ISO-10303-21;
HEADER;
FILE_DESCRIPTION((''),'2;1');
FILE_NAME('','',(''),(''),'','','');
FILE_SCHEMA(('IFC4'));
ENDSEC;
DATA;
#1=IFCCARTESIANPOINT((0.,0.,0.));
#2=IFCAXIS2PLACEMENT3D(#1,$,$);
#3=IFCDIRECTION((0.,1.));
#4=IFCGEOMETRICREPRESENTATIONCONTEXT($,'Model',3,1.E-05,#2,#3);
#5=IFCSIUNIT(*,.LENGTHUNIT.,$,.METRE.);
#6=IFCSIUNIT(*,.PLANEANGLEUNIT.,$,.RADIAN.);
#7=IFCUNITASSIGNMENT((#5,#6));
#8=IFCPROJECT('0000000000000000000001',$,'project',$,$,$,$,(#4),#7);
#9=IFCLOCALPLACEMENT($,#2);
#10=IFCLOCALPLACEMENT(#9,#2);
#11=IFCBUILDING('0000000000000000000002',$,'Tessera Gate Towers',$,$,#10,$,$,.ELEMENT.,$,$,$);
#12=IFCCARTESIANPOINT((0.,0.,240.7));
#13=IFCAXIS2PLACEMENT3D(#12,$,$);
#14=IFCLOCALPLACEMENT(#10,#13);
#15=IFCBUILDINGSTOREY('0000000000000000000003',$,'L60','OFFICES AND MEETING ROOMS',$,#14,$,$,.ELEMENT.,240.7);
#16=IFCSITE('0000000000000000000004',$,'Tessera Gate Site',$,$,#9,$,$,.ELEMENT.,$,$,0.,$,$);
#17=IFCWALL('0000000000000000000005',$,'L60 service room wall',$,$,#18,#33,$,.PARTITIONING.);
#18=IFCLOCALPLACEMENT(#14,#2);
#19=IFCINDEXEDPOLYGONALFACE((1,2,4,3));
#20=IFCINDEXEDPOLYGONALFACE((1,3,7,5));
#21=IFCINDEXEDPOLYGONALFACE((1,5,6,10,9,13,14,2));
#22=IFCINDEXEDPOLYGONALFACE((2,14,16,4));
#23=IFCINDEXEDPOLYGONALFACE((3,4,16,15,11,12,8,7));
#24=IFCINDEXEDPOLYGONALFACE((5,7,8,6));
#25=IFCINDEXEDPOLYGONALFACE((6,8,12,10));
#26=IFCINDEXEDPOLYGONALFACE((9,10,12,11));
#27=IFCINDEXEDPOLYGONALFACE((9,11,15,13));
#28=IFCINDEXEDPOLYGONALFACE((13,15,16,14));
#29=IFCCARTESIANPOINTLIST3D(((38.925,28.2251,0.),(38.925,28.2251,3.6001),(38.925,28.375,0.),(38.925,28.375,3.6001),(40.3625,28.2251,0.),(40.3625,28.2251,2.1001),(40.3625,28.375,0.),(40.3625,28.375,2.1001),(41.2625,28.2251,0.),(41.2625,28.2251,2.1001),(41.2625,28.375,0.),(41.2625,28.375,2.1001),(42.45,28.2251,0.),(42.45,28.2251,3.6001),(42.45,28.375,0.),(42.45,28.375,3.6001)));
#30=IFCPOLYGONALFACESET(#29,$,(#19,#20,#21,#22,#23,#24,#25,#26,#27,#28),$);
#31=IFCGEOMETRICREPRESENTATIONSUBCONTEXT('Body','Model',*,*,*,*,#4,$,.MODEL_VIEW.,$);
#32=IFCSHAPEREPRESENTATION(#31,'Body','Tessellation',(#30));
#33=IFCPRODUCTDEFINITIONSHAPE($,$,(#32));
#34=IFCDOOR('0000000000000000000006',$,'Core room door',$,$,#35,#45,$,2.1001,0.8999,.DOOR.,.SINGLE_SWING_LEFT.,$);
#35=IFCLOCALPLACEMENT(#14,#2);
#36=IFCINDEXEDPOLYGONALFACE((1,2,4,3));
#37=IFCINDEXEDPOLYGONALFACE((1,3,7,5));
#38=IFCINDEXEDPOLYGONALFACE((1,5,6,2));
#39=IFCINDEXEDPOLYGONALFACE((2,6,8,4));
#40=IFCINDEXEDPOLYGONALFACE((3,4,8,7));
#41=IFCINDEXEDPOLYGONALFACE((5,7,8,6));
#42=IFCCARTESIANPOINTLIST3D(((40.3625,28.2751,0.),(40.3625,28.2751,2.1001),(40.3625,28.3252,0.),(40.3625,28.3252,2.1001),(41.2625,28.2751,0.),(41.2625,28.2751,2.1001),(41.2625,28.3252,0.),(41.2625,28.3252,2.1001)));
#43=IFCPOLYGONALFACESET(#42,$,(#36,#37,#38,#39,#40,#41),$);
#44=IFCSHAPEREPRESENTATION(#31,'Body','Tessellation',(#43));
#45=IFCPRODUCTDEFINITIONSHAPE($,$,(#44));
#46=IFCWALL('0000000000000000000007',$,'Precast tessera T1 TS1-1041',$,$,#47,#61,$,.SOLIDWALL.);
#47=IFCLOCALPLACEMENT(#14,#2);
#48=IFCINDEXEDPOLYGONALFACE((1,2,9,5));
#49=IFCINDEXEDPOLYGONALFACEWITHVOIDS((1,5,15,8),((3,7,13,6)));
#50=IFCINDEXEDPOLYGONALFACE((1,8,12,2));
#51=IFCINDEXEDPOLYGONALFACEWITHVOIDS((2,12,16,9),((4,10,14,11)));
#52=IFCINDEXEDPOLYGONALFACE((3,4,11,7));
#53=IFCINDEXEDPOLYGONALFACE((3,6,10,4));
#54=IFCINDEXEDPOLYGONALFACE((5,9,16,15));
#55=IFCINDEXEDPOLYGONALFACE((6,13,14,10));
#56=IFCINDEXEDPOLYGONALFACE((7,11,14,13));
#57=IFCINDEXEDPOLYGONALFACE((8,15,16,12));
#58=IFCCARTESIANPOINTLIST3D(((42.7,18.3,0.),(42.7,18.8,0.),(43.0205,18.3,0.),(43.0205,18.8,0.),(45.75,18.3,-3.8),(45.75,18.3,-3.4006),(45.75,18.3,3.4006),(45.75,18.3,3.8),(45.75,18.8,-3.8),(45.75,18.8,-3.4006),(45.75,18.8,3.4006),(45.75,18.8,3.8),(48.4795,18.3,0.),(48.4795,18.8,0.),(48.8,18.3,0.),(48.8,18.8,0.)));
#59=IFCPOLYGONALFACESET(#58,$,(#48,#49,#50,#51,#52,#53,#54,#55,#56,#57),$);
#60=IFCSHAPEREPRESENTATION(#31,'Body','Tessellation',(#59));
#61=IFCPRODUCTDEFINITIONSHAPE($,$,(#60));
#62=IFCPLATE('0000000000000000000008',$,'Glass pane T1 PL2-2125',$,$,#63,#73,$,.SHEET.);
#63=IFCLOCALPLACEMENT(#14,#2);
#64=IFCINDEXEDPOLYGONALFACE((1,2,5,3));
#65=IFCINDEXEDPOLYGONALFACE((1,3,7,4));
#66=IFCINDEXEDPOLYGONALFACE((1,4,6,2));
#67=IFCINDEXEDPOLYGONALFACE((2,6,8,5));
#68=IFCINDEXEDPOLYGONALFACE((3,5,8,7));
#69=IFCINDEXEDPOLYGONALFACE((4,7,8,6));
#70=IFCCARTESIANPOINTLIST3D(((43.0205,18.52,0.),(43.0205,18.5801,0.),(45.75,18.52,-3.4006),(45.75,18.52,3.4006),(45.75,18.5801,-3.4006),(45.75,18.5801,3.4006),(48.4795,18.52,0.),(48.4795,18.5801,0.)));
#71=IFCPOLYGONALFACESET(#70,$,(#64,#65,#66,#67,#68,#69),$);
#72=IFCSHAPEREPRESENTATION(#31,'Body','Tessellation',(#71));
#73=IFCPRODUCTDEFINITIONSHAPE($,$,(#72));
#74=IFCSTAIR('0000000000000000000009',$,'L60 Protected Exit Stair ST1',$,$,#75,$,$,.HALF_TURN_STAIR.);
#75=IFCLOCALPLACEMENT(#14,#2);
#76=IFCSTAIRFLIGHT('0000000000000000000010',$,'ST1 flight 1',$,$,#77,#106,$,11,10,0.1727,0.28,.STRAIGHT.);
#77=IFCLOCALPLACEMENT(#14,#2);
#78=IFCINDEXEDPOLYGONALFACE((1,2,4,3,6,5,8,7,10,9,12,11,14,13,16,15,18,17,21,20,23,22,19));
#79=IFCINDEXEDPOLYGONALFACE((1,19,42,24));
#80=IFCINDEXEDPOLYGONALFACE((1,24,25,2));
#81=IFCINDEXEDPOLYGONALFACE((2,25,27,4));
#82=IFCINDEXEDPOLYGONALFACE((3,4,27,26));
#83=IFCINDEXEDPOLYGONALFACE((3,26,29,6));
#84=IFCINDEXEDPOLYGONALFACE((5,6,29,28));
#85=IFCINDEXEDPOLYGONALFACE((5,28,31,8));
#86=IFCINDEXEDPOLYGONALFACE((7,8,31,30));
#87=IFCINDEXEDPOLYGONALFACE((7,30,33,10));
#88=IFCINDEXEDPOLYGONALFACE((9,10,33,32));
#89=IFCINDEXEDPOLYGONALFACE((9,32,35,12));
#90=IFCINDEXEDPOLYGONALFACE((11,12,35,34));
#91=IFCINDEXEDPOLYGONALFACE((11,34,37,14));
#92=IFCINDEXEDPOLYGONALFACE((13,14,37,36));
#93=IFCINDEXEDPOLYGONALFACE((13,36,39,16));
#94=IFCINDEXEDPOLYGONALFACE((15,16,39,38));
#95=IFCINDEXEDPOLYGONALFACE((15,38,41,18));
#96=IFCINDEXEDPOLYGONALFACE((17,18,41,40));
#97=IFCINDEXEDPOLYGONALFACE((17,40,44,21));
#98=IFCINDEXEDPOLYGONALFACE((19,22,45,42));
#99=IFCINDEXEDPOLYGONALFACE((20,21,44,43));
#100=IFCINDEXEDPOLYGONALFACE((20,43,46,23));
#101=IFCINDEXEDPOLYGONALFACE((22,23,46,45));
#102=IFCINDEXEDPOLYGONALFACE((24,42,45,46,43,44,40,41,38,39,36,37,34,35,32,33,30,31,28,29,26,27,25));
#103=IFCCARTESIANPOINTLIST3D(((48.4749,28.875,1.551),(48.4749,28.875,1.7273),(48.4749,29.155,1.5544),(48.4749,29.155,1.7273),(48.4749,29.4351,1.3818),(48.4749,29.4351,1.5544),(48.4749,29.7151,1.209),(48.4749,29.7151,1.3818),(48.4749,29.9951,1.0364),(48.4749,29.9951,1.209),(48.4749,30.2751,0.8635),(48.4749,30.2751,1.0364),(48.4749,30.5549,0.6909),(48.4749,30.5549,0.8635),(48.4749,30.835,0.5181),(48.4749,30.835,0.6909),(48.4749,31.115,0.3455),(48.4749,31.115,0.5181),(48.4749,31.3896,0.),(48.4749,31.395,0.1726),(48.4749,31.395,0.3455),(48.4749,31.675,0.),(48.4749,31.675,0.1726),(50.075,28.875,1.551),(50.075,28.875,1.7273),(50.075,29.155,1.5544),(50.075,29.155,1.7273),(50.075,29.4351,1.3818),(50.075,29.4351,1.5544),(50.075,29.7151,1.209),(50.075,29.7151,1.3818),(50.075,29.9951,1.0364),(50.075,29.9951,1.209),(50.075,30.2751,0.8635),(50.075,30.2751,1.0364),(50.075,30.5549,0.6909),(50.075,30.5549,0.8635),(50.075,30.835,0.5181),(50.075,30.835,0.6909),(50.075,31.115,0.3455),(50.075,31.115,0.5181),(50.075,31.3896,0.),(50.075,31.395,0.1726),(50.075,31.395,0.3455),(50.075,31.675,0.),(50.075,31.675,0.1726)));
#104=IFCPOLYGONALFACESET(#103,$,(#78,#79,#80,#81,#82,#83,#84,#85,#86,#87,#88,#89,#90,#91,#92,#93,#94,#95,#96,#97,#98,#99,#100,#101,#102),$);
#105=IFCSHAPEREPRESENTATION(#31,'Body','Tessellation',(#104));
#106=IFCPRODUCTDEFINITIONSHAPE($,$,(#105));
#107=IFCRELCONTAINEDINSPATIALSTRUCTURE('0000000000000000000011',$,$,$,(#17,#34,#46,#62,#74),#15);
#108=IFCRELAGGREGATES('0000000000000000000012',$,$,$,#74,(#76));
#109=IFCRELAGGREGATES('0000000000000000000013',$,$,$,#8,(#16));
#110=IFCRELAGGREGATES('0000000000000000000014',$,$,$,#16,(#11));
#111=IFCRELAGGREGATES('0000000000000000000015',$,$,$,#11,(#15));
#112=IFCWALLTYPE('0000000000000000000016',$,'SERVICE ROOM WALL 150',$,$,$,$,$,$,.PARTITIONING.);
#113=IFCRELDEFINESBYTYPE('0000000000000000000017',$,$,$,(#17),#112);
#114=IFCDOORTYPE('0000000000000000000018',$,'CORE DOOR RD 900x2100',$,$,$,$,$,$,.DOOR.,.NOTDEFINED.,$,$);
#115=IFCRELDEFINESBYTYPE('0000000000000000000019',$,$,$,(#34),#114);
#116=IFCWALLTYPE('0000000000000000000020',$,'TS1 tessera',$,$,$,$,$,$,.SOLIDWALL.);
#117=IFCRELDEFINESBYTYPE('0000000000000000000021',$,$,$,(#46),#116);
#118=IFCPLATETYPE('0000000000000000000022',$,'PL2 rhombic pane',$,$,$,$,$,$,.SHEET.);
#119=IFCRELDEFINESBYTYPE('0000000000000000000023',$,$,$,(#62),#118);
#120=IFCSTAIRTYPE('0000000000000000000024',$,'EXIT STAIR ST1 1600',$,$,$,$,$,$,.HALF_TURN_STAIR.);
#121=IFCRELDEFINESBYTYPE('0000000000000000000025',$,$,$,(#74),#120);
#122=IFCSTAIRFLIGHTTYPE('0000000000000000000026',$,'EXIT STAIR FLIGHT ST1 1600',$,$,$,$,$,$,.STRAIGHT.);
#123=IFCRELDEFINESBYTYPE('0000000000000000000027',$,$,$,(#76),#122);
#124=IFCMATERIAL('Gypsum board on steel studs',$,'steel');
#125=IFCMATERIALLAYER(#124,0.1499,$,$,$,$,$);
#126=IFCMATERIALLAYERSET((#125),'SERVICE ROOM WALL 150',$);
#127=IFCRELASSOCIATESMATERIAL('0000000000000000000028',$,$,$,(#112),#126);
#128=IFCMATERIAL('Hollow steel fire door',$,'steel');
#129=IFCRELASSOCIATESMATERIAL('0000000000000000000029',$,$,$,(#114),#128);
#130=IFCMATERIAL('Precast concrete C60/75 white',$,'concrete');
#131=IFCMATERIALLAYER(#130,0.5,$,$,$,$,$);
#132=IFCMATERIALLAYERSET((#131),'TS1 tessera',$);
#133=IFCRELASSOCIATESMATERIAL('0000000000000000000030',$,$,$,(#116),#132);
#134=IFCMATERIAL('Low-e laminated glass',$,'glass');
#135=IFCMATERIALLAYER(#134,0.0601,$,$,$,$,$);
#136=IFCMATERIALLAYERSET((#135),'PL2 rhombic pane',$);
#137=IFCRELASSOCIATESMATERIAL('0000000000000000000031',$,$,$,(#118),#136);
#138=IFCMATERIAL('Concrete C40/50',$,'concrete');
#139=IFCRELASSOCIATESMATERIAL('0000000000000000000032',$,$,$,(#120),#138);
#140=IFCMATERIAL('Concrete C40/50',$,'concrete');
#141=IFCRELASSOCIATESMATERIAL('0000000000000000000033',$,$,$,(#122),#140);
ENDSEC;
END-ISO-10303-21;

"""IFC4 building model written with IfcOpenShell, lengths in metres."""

from ifc_helpers import new_model, si_unit, direction, frame, frame_2d, origin, place, context, subcontext, project, spatial, polyline, rectangle, outline, extrude, source, transform, mapped, material, layer, layer_set, type_object, element, fill, aggregate, save


model = new_model("IFC4")

# Units and contexts
model_context = context("Model", 3, precision=1e-05, world=origin(), true_north=direction((0.0, 1.0)))
body_context = subcontext(model_context, "Body", "Model", "MODEL_VIEW")
ifc_project = project(units=[si_unit("LENGTHUNIT", "METRE"), si_unit("PLANEANGLEUNIT", "RADIAN")], contexts=[model_context])

# Site, building, storey
site_placement = place(None, origin())
site = spatial("IfcSite", under=ifc_project, at=site_placement, Name="Tessera Gate Site", CompositionType="ELEMENT", RefElevation=0.0)
building_placement = place(site_placement, origin())
building = spatial("IfcBuilding", under=site, at=building_placement, Name="Tessera Gate Towers", CompositionType="ELEMENT")
storey_placement = place(building_placement, frame((0.0, 0.0, 240.7)))
storey = spatial("IfcBuildingStorey", under=building, at=storey_placement, Name="L60", Description="OFFICES AND MEETING ROOMS", CompositionType="ELEMENT", Elevation=240.7)

# Wall, opening, door
ifc_material_1 = material(Name="Gypsum board on steel studs", Category="steel")
ifc_layer_1 = layer(ifc_material_1, 0.1499)
ifc_layer_set_1 = layer_set([ifc_layer_1], Name="SERVICE ROOM WALL 150")
wall_type_1 = type_object("IfcWallType", Name="SERVICE ROOM WALL 150", PredefinedType="PARTITIONING", material=ifc_layer_set_1)
wall_1_placement = place(storey_placement, frame((42.45, 28.3, 0.0), z_axis=(0.0, 0.0, 1.0), x_axis=(-1.0, 0.0, 0.0)))
wall_1 = element("IfcWall", 1, at=wall_1_placement, inside=storey, type_object=wall_type_1, Name="L60 service room wall", PredefinedType="PARTITIONING", context=body_context, shape_type="SweptSolid", body=[
    extrude(rectangle(XDim=3.5249, YDim=0.1499, at=frame_2d((1.7625, 0.0))), origin(), (0.0, 0.0, 1.0), 3.6001),
])
shared_shape_1 = source(origin(), body_context, "Body", "SweptSolid", [
    extrude(rectangle(XDim=0.8999, YDim=2.1001, at=frame_2d((0.45, 1.05))), frame((0.0, 0.085, 0.0), z_axis=(0.0, -1.0, 0.0), x_axis=(1.0, 0.0, 0.0)), (0.0, 0.0, 1.0), 0.1699),
])
opening_1_placement = place(wall_1_placement, frame((1.1875, 0.0, 0.0)))
opening_1 = element("IfcOpeningElement", 2, at=opening_1_placement, cuts=wall_1, PredefinedType="OPENING", context=body_context, shape_type="MappedRepresentation", body=[
    mapped(shared_shape_1, transform((0.0, 0.0, 0.0), scale=1.0)),
])
ifc_material_2 = material(Name="Hollow steel fire door", Category="steel")
door_type_1 = type_object("IfcDoorType", Name="CORE DOOR RD 900x2100", OperationType="NOTDEFINED", PredefinedType="DOOR", material=ifc_material_2)
shared_shape_2 = source(origin(), body_context, "Body", "SweptSolid", [
    extrude(rectangle(XDim=0.8999, YDim=2.1001, at=frame_2d((0.45, 1.05))), frame((0.0, 0.0249, 0.0), z_axis=(0.0, -1.0, 0.0), x_axis=(1.0, 0.0, 0.0)), (0.0, 0.0, 1.0), 0.05),
])
door_1_placement = place(opening_1_placement, origin())
door_1 = element("IfcDoor", 3, at=door_1_placement, inside=storey, type_object=door_type_1, Name="Core room door", OperationType="SINGLE_SWING_LEFT", OverallHeight=2.1001, OverallWidth=0.8999, PredefinedType="DOOR", context=body_context, shape_type="MappedRepresentation", body=[
    mapped(shared_shape_2, transform((0.0, 0.0, 0.0), scale=1.0)),
])
fill(opening_1, door_1)

# Wall, opening, plate
ifc_material_3 = material(Name="Precast concrete C60/75 white", Category="concrete")
ifc_layer_2 = layer(ifc_material_3, 0.5)
ifc_layer_set_2 = layer_set([ifc_layer_2], Name="TS1 tessera")
wall_type_2 = type_object("IfcWallType", Name="TS1 tessera", PredefinedType="SOLIDWALL", material=ifc_layer_set_2)
shared_shape_3 = source(origin(), body_context, "Body", "SweptSolid", [
    extrude(outline(polyline([(3.05, 0.0), (6.1001, 3.8), (3.05, 7.6001), (0.0, 3.8), (3.05, 0.0)])), frame((0.0, 0.25, 0.0), z_axis=(0.0, -1.0, 0.0), x_axis=(1.0, 0.0, 0.0)), (0.0, 0.0, 1.0), 0.5),
])
wall_2_placement = place(storey_placement, frame((42.7, 18.55, -3.8), z_axis=(0.0, 0.0, 1.0), x_axis=(1.0, 0.0, 0.0)))
wall_2 = element("IfcWall", 4, at=wall_2_placement, inside=storey, type_object=wall_type_2, Name="Precast tessera T1 TS1-1041", PredefinedType="SOLIDWALL", context=body_context, shape_type="MappedRepresentation", body=[
    mapped(shared_shape_3, transform((0.0, 0.0, 0.0), scale=1.0)),
])
shared_shape_4 = source(origin(), body_context, "Body", "SweptSolid", [
    extrude(outline(polyline([(3.05, 0.3994), (5.7795, 3.8), (3.05, 7.2007), (0.3206, 3.8), (3.05, 0.3994)])), frame((0.0, 0.26, 0.0), z_axis=(0.0, -1.0, 0.0), x_axis=(1.0, 0.0, 0.0)), (0.0, 0.0, 1.0), 0.52),
])
opening_2_placement = place(wall_2_placement, origin())
opening_2 = element("IfcOpeningElement", 5, at=opening_2_placement, cuts=wall_2, PredefinedType="OPENING", context=body_context, shape_type="MappedRepresentation", body=[
    mapped(shared_shape_4, transform((0.0, 0.0, 0.0), scale=1.0)),
])
ifc_material_4 = material(Name="Low-e laminated glass", Category="glass")
ifc_layer_3 = layer(ifc_material_4, 0.0601)
ifc_layer_set_3 = layer_set([ifc_layer_3], Name="PL2 rhombic pane")
plate_type = type_object("IfcPlateType", Name="PL2 rhombic pane", PredefinedType="SHEET", material=ifc_layer_set_3)
shared_shape_5 = source(origin(), body_context, "Body", "SweptSolid", [
    extrude(outline(polyline([(3.05, 0.3994), (5.7795, 3.8), (3.05, 7.2007), (0.3206, 3.8), (3.05, 0.3994)])), frame((0.0, 0.03, 0.0), z_axis=(0.0, -1.0, 0.0), x_axis=(1.0, 0.0, 0.0)), (0.0, 0.0, 1.0), 0.0601),
])
plate_placement = place(opening_2_placement, origin())
plate = element("IfcPlate", 6, at=plate_placement, inside=storey, type_object=plate_type, Name="Glass pane T1 PL2-2125", PredefinedType="SHEET", context=body_context, shape_type="MappedRepresentation", body=[
    mapped(shared_shape_5, transform((0.0, 0.0, 0.0), scale=1.0)),
])
fill(opening_2, plate)

# Stair, stair flight
ifc_material_5 = material(Name="Concrete C40/50", Category="concrete")
stair_type = type_object("IfcStairType", Name="EXIT STAIR ST1 1600", PredefinedType="HALF_TURN_STAIR", material=ifc_material_5)
stair_placement = place(storey_placement, origin())
stair = element("IfcStair", 7, at=stair_placement, inside=storey, type_object=stair_type, Name="L60 Protected Exit Stair ST1", PredefinedType="HALF_TURN_STAIR")
ifc_material_6 = material(Name="Concrete C40/50", Category="concrete")
stair_flight_type = type_object("IfcStairFlightType", Name="EXIT STAIR FLIGHT ST1 1600", PredefinedType="STRAIGHT", material=ifc_material_6)
stair_flight_placement = place(storey_placement, frame((49.2749, 31.675, 0.0), z_axis=(0.0, 0.0, 1.0), x_axis=(0.0, -1.0, 0.0)))
stair_flight = element("IfcStairFlight", 8, at=stair_flight_placement, type_object=stair_flight_type, Name="ST1 flight 1", NumberOfRisers=11, NumberOfTreads=10, PredefinedType="STRAIGHT", RiserHeight=0.1727, TreadLength=0.28, context=body_context, shape_type="SweptSolid", body=[
    extrude(outline(polyline([(0.0, 0.0), (0.0, 0.1726), (0.28, 0.1726), (0.28, 0.3455), (0.5601, 0.3455), (0.5601, 0.5181), (0.8401, 0.5181), (0.8401, 0.6909), (1.1201, 0.6909), (1.1201, 0.8635), (1.3999, 0.8635), (1.3999, 1.0364), (1.6799, 1.0364), (1.6799, 1.209), (1.96, 1.209), (1.96, 1.3818), (2.24, 1.3818), (2.24, 1.5544), (2.52, 1.5544), (2.52, 1.7273), (2.8, 1.7273), (2.8, 1.8999), (2.8, 1.551), (0.2854, 0.0), (0.0, 0.0)])), frame((0.0, 0.8, 0.0), z_axis=(0.0, -1.0, 0.0), x_axis=(1.0, 0.0, 0.0)), (0.0, 0.0, 1.0), 1.6001),
])
aggregate(stair, [stair_flight])

save(model, "model.ifc")
